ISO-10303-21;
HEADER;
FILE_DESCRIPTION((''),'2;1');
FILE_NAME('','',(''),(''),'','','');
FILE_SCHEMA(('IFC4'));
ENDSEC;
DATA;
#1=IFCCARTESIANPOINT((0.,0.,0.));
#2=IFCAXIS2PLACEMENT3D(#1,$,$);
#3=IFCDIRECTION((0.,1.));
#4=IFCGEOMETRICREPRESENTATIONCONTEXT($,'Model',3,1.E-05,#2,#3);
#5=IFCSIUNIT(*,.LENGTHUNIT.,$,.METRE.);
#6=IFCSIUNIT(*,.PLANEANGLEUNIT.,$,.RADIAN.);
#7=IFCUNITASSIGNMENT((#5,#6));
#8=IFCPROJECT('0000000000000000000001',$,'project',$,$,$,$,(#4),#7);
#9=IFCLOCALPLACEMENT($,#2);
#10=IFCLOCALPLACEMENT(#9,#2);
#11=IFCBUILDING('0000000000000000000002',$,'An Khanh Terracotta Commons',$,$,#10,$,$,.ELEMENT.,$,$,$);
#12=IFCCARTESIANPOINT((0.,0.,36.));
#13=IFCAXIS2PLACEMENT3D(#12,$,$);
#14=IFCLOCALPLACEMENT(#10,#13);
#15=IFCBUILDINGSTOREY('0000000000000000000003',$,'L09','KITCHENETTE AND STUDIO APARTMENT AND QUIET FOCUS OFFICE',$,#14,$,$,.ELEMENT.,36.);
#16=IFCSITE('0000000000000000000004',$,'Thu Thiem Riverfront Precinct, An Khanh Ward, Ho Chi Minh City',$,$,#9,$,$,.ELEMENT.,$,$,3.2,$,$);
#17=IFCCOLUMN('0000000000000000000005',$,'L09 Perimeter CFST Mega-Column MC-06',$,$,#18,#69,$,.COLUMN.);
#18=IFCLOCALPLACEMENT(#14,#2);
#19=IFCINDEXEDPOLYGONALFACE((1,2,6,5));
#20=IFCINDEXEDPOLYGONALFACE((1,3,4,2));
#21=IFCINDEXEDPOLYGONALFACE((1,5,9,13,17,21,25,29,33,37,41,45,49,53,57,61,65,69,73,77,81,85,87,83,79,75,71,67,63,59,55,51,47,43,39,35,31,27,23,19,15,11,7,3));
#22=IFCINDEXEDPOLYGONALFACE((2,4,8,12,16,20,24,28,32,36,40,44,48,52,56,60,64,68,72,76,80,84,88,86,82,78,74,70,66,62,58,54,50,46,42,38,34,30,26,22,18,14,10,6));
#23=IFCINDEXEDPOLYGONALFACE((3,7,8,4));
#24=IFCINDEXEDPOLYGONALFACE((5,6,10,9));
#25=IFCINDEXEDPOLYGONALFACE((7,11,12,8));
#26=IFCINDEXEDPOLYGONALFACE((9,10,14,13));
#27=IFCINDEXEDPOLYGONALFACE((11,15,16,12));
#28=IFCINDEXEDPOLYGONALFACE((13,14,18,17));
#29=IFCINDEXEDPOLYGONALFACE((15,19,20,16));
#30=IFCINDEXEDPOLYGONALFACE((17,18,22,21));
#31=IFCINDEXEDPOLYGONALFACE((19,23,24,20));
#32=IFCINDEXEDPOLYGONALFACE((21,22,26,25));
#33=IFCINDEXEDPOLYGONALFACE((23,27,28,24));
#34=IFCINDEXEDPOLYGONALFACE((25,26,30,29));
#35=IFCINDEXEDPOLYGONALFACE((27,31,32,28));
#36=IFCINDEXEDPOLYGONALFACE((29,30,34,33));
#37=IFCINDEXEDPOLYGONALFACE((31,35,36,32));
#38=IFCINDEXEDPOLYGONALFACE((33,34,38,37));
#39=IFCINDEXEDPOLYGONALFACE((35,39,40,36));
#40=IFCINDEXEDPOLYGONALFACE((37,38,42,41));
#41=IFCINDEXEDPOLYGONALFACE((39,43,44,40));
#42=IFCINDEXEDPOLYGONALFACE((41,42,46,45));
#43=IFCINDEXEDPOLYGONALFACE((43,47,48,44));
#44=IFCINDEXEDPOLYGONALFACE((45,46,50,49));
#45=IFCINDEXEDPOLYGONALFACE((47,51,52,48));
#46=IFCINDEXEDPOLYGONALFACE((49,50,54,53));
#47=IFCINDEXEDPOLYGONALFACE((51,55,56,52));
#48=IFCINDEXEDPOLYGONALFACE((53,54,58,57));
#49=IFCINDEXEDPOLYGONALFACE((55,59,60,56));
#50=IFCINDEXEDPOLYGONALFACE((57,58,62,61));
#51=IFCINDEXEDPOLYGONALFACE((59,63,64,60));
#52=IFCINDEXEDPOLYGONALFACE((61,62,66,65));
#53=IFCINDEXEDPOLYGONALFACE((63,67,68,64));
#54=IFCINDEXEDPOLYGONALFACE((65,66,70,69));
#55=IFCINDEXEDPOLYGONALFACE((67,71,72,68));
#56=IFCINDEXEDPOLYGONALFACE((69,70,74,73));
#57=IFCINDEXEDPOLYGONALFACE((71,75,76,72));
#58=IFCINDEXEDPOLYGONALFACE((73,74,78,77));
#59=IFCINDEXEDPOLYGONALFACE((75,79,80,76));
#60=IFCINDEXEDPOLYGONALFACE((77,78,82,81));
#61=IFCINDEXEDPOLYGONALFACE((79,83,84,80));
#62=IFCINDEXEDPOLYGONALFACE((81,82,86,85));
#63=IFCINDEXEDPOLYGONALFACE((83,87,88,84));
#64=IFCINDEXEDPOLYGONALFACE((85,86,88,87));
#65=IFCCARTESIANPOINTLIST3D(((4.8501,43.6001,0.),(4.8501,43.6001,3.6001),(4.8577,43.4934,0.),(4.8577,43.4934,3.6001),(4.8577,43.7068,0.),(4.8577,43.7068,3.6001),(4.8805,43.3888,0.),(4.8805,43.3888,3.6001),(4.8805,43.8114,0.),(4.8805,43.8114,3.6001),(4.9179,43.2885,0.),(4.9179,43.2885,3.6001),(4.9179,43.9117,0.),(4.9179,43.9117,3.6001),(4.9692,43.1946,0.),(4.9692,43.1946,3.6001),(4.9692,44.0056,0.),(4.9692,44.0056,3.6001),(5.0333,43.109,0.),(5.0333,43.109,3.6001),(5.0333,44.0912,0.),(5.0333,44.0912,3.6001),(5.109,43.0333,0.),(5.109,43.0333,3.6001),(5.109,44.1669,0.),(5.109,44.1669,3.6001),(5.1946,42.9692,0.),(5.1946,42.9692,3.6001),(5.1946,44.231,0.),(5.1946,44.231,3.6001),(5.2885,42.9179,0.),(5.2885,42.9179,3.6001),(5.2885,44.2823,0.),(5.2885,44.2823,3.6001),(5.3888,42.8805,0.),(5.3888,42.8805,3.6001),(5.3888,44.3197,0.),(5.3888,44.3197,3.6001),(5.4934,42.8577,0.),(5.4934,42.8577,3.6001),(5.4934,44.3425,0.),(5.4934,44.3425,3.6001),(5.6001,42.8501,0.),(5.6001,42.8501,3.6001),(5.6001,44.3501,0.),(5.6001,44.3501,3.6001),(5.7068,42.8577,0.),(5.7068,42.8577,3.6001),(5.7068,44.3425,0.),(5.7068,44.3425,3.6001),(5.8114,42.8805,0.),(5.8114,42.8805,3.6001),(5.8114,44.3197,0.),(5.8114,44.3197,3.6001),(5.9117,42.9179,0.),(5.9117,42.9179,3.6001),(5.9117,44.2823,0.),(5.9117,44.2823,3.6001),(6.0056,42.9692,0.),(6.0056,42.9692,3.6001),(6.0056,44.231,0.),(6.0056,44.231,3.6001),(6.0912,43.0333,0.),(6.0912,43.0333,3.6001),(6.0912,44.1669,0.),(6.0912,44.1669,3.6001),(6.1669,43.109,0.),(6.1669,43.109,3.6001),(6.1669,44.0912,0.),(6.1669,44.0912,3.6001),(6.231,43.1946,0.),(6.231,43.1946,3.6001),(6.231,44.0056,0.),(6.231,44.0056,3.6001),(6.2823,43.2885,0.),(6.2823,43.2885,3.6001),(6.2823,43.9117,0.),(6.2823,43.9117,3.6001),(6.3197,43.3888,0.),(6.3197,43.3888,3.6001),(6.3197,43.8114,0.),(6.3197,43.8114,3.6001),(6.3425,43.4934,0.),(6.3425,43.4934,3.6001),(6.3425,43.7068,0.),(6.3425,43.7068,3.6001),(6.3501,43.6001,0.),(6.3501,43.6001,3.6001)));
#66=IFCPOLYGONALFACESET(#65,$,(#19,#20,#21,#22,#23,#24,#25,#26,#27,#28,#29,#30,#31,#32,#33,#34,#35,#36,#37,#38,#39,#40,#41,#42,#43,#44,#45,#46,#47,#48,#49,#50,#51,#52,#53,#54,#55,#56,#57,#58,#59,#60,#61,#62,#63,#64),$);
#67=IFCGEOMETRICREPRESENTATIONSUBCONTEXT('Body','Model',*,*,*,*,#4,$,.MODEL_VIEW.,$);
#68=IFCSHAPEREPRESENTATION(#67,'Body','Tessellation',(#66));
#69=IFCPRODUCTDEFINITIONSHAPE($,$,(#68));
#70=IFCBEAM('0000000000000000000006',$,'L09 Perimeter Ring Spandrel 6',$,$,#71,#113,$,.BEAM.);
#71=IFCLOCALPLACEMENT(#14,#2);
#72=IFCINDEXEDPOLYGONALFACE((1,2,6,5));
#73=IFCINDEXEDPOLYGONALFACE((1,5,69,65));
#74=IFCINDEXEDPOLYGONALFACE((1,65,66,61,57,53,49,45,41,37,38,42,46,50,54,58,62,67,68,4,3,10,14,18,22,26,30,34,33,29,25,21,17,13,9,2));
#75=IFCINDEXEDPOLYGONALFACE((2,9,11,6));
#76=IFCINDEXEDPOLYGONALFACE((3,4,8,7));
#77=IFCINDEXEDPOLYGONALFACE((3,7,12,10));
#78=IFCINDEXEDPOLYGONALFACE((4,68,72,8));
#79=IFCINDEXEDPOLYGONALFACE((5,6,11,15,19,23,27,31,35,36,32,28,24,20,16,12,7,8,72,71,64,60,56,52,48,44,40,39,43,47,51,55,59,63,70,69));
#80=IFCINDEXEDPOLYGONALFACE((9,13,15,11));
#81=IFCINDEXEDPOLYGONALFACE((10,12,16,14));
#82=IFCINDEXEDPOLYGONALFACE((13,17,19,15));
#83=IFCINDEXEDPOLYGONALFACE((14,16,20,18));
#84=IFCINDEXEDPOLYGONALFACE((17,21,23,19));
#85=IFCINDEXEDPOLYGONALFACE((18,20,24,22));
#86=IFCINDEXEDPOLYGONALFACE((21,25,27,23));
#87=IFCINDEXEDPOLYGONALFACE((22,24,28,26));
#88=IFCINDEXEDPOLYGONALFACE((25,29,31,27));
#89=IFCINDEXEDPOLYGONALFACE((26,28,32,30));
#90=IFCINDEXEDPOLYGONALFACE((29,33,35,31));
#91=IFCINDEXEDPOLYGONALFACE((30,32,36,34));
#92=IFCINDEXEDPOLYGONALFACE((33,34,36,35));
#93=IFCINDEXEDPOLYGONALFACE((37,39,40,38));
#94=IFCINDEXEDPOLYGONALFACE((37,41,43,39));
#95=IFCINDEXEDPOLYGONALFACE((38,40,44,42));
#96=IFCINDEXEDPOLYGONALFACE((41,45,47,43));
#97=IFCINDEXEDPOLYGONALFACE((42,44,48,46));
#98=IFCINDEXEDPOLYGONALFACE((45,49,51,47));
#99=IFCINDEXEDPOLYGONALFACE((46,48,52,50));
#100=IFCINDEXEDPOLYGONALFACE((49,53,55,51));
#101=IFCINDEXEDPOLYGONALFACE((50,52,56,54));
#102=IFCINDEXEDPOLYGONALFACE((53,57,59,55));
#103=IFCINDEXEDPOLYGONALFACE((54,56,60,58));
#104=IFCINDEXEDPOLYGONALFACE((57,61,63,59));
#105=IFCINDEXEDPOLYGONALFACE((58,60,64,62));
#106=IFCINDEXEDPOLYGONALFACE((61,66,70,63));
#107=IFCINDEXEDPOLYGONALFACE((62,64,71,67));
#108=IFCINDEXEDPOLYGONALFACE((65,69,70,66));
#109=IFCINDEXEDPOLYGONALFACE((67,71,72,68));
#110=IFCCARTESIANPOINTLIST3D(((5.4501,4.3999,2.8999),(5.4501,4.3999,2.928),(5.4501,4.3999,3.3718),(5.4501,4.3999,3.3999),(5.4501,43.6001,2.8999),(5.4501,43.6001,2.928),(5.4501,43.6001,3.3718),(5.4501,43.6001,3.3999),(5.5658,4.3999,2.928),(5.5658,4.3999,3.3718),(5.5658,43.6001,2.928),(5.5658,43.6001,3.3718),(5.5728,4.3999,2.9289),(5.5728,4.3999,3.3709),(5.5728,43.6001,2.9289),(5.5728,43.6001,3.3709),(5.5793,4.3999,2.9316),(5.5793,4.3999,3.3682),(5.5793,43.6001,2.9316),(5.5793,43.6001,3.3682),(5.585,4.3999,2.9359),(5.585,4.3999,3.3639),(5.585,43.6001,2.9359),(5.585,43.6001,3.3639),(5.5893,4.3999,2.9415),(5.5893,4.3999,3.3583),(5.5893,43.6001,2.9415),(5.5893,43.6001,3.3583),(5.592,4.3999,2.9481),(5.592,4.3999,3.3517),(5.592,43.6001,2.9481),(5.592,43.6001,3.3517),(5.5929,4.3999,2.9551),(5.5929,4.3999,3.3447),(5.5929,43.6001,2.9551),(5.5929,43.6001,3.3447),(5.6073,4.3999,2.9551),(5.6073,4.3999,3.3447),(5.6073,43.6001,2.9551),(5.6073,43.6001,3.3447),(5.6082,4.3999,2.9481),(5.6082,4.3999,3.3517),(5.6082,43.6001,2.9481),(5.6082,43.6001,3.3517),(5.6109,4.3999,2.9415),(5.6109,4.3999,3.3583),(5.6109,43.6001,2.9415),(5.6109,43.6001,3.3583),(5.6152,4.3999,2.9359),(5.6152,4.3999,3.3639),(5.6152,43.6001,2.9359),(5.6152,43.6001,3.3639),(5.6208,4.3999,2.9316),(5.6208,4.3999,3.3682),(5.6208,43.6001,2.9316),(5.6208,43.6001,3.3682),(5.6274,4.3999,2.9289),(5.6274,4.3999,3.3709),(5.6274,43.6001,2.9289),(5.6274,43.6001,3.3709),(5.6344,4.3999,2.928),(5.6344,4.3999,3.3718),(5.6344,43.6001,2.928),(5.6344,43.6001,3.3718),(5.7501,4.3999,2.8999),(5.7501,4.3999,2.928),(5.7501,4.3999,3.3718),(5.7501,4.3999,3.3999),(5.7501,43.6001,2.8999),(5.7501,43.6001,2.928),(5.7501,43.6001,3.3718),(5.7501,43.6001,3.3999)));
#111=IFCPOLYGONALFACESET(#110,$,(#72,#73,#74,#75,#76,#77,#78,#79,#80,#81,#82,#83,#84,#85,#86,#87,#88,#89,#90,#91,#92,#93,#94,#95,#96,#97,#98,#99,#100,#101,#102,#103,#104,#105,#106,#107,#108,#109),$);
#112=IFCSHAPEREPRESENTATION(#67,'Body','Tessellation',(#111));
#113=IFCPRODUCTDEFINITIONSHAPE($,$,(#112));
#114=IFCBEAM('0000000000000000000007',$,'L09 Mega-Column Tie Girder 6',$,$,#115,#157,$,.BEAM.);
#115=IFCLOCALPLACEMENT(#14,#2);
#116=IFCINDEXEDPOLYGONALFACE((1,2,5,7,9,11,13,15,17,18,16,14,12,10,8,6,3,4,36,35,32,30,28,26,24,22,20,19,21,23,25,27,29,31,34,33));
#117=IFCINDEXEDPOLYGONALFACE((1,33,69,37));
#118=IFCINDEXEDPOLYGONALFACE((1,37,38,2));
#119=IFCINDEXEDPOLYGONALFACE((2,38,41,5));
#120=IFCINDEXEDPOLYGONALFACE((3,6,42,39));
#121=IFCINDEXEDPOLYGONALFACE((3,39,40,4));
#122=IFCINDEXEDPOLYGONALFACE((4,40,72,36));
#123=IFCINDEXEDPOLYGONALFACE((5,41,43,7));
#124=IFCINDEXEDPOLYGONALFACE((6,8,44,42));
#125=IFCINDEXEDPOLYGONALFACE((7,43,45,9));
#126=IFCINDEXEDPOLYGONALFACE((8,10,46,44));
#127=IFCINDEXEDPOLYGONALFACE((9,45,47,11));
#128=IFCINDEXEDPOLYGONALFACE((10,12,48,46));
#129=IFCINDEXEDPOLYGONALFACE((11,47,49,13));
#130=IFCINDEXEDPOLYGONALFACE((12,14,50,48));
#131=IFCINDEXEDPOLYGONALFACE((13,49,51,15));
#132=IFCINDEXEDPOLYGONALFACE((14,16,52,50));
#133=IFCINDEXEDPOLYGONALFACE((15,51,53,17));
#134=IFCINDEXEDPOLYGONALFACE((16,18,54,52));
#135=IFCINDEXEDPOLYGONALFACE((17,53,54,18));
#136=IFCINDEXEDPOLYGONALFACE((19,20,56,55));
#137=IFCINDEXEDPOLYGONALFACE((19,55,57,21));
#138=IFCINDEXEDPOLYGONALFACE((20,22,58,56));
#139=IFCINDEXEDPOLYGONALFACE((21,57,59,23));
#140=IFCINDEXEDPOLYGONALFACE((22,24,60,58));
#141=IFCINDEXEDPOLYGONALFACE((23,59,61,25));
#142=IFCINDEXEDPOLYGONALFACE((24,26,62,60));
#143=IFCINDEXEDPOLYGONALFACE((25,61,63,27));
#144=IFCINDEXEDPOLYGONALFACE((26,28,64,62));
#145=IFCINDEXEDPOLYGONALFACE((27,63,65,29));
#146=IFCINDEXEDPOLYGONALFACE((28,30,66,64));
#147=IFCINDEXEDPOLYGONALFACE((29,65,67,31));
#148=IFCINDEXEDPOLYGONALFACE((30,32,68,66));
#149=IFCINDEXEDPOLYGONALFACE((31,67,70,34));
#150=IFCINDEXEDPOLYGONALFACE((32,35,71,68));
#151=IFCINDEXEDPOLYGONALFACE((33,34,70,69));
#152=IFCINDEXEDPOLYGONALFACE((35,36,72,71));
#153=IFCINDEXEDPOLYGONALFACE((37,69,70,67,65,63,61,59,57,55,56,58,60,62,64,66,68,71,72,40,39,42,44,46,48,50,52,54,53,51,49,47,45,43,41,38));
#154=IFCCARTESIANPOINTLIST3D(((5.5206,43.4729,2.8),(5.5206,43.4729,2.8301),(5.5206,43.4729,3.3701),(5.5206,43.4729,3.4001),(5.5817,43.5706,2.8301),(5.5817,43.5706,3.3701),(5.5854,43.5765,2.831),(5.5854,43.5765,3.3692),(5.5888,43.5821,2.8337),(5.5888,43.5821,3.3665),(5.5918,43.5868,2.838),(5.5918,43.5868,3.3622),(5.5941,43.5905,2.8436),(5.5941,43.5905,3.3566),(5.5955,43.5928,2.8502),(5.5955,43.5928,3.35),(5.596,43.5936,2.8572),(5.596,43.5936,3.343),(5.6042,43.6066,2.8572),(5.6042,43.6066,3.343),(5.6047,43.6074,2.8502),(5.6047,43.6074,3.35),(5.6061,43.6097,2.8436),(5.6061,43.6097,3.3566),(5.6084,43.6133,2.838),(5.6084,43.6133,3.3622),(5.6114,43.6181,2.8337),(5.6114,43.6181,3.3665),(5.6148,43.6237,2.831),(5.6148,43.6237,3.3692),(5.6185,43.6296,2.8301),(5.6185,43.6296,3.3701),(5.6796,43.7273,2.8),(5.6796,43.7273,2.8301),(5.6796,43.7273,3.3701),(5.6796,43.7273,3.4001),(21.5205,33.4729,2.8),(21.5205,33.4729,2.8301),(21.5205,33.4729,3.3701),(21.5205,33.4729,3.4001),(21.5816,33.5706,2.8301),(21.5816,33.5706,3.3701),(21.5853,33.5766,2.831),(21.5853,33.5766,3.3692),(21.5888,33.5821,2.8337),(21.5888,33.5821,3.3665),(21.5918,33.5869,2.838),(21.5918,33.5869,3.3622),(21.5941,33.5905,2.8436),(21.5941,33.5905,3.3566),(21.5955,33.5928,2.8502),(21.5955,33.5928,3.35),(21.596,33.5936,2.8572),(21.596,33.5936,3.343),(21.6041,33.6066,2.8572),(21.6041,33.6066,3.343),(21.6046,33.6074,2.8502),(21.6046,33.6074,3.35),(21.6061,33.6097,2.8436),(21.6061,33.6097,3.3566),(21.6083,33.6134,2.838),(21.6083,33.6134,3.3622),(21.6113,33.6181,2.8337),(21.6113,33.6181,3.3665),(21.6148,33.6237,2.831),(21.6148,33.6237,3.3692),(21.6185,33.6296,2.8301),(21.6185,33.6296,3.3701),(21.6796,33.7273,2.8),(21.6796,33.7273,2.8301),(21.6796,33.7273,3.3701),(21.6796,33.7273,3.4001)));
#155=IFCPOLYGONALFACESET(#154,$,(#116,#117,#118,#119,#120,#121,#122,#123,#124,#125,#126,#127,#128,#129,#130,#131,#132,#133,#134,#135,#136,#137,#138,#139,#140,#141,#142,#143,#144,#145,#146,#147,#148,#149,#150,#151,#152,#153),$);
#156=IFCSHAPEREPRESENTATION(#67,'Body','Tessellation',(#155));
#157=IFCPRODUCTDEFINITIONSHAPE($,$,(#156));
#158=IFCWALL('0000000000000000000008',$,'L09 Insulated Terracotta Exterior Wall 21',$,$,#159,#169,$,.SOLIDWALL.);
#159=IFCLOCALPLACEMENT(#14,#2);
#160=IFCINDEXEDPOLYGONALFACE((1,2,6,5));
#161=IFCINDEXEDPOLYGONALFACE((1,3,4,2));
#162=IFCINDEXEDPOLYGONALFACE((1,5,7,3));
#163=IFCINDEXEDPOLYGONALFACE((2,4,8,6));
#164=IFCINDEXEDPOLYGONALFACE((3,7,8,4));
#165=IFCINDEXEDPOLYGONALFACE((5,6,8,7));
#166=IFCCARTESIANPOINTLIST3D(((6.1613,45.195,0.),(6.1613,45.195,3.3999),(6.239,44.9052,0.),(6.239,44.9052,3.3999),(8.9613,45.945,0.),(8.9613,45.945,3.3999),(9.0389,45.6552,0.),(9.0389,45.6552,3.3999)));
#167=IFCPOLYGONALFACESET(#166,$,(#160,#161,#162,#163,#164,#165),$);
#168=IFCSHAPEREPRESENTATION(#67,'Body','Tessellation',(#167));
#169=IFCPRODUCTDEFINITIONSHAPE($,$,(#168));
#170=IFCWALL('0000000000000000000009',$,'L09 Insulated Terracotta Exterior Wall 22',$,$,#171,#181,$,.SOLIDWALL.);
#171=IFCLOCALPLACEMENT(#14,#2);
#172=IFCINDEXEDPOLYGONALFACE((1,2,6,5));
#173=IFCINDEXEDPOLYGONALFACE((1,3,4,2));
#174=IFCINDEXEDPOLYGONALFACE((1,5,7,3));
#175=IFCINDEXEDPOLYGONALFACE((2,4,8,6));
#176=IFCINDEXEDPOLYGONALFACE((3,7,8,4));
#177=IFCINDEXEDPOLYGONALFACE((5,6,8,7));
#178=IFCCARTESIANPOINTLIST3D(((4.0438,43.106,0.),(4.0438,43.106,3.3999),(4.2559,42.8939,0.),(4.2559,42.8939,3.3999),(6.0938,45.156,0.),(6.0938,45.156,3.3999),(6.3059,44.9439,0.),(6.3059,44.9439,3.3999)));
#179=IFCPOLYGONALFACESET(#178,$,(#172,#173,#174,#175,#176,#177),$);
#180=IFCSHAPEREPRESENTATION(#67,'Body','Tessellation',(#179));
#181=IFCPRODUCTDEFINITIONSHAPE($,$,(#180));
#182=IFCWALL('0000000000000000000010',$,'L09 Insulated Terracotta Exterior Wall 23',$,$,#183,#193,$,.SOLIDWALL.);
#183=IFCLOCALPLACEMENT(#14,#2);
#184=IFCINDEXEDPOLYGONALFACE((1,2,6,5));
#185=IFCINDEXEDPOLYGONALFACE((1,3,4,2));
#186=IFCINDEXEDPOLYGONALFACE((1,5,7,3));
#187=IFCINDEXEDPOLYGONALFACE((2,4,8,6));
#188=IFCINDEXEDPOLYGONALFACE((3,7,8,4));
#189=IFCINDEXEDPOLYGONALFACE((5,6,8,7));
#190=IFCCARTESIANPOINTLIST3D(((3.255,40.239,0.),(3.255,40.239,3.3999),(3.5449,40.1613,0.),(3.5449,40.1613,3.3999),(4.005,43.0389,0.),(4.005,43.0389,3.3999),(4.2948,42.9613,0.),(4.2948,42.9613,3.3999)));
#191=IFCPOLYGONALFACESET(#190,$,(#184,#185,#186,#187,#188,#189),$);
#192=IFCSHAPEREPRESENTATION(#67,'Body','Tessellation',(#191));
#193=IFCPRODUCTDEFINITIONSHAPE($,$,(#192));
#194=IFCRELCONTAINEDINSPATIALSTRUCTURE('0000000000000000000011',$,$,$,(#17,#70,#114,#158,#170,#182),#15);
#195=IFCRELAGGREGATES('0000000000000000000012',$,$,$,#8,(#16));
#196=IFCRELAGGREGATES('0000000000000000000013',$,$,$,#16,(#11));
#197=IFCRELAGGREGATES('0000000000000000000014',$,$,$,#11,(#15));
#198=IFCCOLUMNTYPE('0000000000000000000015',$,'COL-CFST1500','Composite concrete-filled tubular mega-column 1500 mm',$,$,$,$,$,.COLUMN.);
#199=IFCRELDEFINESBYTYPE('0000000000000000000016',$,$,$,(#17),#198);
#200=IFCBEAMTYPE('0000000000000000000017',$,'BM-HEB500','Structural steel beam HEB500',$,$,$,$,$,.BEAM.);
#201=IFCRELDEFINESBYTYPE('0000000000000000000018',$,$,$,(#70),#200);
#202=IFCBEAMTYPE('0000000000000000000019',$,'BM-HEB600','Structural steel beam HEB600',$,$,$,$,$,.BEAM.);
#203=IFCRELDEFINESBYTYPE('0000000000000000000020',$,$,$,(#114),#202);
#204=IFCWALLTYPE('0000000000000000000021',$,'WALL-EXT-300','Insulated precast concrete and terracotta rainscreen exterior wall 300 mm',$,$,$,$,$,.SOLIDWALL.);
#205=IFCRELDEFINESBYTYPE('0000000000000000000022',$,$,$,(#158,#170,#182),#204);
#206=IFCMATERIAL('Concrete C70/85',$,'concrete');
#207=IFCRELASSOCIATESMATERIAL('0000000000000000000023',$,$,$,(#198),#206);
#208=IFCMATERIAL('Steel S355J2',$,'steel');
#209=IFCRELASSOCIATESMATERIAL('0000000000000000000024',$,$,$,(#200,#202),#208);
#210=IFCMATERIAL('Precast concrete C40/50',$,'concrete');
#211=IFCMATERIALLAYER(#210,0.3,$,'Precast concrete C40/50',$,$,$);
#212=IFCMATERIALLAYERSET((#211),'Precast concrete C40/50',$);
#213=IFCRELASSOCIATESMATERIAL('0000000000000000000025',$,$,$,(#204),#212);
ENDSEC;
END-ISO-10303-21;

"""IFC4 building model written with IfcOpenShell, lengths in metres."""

from ifc_helpers import new_model, si_unit, direction, frame, frame_2d, origin, origin_2d, place, context, subcontext, project, spatial, rectangle, circle, i_section, extrude, material, layer, layer_set, material_profile, profile_set, type_object, element, save


model = new_model("IFC4")

# Units and contexts
model_context = context("Model", 3, precision=1e-05, world=origin(), true_north=direction((0.0, 1.0)))
body_context = subcontext(model_context, "Body", "Model", "MODEL_VIEW")
ifc_project = project(units=[si_unit("LENGTHUNIT", "METRE"), si_unit("PLANEANGLEUNIT", "RADIAN")], contexts=[model_context])

# Site, building, storey
site_placement = place(None, origin())
site = spatial("IfcSite", under=ifc_project, at=site_placement, Name="Thu Thiem Riverfront Precinct, An Khanh Ward, Ho Chi Minh City", CompositionType="ELEMENT", RefElevation=3.2)
building_placement = place(site_placement, origin())
building = spatial("IfcBuilding", under=site, at=building_placement, Name="An Khanh Terracotta Commons", CompositionType="ELEMENT")
storey_placement = place(building_placement, frame((0.0, 0.0, 36.0)))
storey = spatial("IfcBuildingStorey", under=building, at=storey_placement, Name="L09", Description="KITCHENETTE AND STUDIO APARTMENT AND QUIET FOCUS OFFICE", CompositionType="ELEMENT", Elevation=36.0)

# Column
ifc_material_1 = material(Name="Concrete C70/85", Category="concrete")
ifc_material_profile_1 = material_profile(ifc_material_1, circle(Radius=0.75, at=origin_2d()), Name="CFST1500")
ifc_profile_set_1 = profile_set([ifc_material_profile_1], Name="Concrete C70/85")
column_type = type_object("IfcColumnType", Name="COL-CFST1500", Description="Composite concrete-filled tubular mega-column 1500 mm", PredefinedType="COLUMN", material=ifc_profile_set_1)
column_placement = place(storey_placement, frame((5.6001, 43.6001, 0.0), z_axis=(0.0, 0.0, 1.0), x_axis=(1.0, 0.0, 0.0)))
element("IfcColumn", 1, at=column_placement, inside=storey, type_object=column_type, Name="L09 Perimeter CFST Mega-Column MC-06", PredefinedType="COLUMN", context=body_context, shape_type="SweptSolid", body=[
    extrude(circle(Radius=0.75, at=origin_2d()), origin(), (0.0, 0.0, 1.0), 3.6001),
])

# Beams
ifc_material_2 = material(Name="Steel S355J2", Category="steel")
ifc_material_profile_2 = material_profile(ifc_material_2, i_section(OverallWidth=0.3, OverallDepth=0.5, WebThickness=0.0144, FlangeThickness=0.0281, FilletRadius=0.0271, at=origin_2d()), Name="HEB500")
ifc_profile_set_2 = profile_set([ifc_material_profile_2], Name="Steel S355J2")
beam_type_1 = type_object("IfcBeamType", Name="BM-HEB500", Description="Structural steel beam HEB500", PredefinedType="BEAM", material=ifc_profile_set_2)
beam_1_placement = place(storey_placement, frame((5.6001, 43.6001, 3.1499), z_axis=(0.0, -1.0, 0.0), x_axis=(1.0, 0.0, 0.0)))
element("IfcBeam", 2, at=beam_1_placement, inside=storey, type_object=beam_type_1, Name="L09 Perimeter Ring Spandrel 6", PredefinedType="BEAM", context=body_context, shape_type="SweptSolid", body=[
    extrude(i_section(OverallWidth=0.3, OverallDepth=0.5, WebThickness=0.0144, FlangeThickness=0.0281, FilletRadius=0.0271, at=origin_2d()), origin(), (0.0, 0.0, 1.0), 39.2002),
])
ifc_material_profile_3 = material_profile(ifc_material_2, i_section(OverallWidth=0.3, OverallDepth=0.6001, WebThickness=0.0154, FlangeThickness=0.03, FilletRadius=0.0271, at=origin_2d()), Name="HEB600")
ifc_profile_set_3 = profile_set([ifc_material_profile_3], Name="Steel S355J2")
beam_type_2 = type_object("IfcBeamType", Name="BM-HEB600", Description="Structural steel beam HEB600", PredefinedType="BEAM", material=ifc_profile_set_3)
beam_2_placement = place(storey_placement, frame((5.6001, 43.6001, 3.1001), z_axis=(0.847998, -0.529999, 0.0), x_axis=(0.529999, 0.847998, 0.0)))
element("IfcBeam", 3, at=beam_2_placement, inside=storey, type_object=beam_type_2, Name="L09 Mega-Column Tie Girder 6", PredefinedType="BEAM", context=body_context, shape_type="SweptSolid", body=[
    extrude(i_section(OverallWidth=0.3, OverallDepth=0.6001, WebThickness=0.0154, FlangeThickness=0.03, FilletRadius=0.0271, at=origin_2d()), origin(), (0.0, 0.0, 1.0), 18.8679),
])

# Walls
ifc_material_3 = material(Name="Precast concrete C40/50", Category="concrete")
ifc_layer_1 = layer(ifc_material_3, 0.3, Name="Precast concrete C40/50")
ifc_layer_set_1 = layer_set([ifc_layer_1], Name="Precast concrete C40/50")
wall_type_1 = type_object("IfcWallType", Name="WALL-EXT-300", Description="Insulated precast concrete and terracotta rainscreen exterior wall 300 mm", PredefinedType="SOLIDWALL", material=ifc_layer_set_1)
wall_1_placement = place(storey_placement, frame((9.0, 45.8, 0.0), z_axis=(0.0, 0.0, 1.0), x_axis=(-0.965949, -0.258732, 0.0)))
element("IfcWall", 4, at=wall_1_placement, inside=storey, type_object=wall_type_1, Name="L09 Insulated Terracotta Exterior Wall 21", PredefinedType="SOLIDWALL", context=body_context, shape_type="SweptSolid", body=[
    extrude(rectangle(XDim=2.8987, YDim=0.3, at=frame_2d((1.4492, 0.0))), origin(), (0.0, 0.0, 1.0), 3.3999),
])
wall_2_placement = place(storey_placement, frame((6.2, 45.05, 0.0), z_axis=(0.0, 0.0, 1.0), x_axis=(-0.707107, -0.707107, 0.0)))
element("IfcWall", 5, at=wall_2_placement, inside=storey, type_object=wall_type_1, Name="L09 Insulated Terracotta Exterior Wall 22", PredefinedType="SOLIDWALL", context=body_context, shape_type="SweptSolid", body=[
    extrude(rectangle(XDim=2.8992, YDim=0.3, at=frame_2d((1.4497, 0.0))), origin(), (0.0, 0.0, 1.0), 3.3999),
])
wall_3_placement = place(storey_placement, frame((4.1499, 43.0, 0.0), z_axis=(0.0, 0.0, 1.0), x_axis=(-0.258732, -0.965949, 0.0)))
element("IfcWall", 6, at=wall_3_placement, inside=storey, type_object=wall_type_1, Name="L09 Insulated Terracotta Exterior Wall 23", PredefinedType="SOLIDWALL", context=body_context, shape_type="SweptSolid", body=[
    extrude(rectangle(XDim=2.8987, YDim=0.3, at=frame_2d((1.4492, 0.0))), origin(), (0.0, 0.0, 1.0), 3.3999),
])

save(model, "model.ifc")
